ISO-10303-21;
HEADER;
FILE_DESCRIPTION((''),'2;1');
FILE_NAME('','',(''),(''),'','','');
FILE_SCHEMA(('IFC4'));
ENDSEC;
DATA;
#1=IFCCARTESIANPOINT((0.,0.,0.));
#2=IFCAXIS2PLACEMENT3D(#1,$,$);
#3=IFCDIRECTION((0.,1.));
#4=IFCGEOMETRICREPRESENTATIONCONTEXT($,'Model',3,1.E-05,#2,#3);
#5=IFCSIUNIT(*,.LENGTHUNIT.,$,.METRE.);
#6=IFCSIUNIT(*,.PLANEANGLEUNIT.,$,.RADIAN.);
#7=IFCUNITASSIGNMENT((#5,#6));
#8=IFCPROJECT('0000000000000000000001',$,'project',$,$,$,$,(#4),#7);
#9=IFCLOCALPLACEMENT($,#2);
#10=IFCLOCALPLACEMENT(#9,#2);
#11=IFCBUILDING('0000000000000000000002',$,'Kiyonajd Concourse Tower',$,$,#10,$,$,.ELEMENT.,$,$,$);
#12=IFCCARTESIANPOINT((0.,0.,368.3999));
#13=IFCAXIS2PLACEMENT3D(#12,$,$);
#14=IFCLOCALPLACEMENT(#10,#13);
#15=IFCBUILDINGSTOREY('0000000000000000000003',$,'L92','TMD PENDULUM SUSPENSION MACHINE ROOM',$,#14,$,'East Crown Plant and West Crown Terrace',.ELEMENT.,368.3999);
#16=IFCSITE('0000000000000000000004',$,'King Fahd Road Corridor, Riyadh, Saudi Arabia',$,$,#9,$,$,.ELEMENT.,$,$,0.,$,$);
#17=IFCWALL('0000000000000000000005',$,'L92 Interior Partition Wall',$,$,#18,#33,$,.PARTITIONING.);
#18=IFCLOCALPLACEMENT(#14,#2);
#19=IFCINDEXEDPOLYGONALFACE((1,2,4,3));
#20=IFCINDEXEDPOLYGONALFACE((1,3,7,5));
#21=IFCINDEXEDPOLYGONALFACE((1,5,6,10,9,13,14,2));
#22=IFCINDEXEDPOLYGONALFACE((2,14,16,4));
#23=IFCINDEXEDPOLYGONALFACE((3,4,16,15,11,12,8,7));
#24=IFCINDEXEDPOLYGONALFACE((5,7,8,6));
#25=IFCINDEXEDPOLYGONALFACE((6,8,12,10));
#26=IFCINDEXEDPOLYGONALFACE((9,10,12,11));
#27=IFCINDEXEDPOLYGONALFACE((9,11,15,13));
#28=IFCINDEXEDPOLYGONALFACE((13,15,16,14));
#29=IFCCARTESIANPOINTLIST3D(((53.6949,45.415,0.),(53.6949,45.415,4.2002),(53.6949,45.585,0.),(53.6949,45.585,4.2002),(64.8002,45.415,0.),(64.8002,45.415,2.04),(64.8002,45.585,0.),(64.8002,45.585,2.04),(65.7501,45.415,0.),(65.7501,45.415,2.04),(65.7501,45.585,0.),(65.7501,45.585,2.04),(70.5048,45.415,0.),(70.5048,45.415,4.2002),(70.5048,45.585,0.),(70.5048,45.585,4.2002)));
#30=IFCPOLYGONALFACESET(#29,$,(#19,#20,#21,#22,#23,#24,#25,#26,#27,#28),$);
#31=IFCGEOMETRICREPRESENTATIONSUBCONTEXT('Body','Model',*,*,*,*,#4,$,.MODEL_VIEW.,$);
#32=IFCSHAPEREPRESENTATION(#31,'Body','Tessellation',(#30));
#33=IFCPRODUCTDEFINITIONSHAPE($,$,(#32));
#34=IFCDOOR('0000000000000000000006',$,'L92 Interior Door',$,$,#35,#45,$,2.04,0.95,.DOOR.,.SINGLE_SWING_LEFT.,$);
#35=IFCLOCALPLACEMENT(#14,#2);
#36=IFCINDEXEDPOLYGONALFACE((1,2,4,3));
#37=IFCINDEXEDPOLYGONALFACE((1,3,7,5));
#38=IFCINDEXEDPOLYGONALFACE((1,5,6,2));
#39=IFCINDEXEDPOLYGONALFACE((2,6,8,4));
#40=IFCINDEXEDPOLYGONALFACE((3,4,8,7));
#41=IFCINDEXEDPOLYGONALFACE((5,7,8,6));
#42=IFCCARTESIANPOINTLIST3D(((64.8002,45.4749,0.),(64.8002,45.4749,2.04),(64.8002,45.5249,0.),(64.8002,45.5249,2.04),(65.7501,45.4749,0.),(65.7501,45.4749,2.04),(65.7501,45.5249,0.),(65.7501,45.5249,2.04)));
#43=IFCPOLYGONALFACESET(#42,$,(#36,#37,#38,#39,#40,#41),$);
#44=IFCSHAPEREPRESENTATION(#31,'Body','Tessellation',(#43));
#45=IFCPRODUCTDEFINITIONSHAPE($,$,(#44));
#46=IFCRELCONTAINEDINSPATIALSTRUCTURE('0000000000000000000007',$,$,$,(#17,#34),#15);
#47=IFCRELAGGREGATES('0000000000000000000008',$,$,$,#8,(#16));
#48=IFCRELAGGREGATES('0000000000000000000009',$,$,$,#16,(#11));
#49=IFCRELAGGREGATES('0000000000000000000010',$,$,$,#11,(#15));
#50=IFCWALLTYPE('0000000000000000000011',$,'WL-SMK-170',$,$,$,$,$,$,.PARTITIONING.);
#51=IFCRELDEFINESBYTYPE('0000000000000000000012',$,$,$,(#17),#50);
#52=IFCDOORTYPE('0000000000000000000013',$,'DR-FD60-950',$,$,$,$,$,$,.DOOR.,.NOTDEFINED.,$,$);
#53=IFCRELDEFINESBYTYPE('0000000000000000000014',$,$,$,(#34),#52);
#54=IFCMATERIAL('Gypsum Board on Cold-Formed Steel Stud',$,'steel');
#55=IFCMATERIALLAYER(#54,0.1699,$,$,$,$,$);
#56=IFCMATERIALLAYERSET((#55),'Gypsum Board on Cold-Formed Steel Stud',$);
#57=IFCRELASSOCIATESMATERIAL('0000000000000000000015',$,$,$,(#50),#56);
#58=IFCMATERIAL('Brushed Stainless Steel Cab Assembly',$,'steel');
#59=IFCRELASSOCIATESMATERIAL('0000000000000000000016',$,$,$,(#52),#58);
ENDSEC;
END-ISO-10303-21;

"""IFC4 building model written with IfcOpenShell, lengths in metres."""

from ifc_helpers import new_model, si_unit, direction, frame, frame_2d, origin, place, context, subcontext, project, spatial, rectangle, extrude, material, layer, layer_set, type_object, element, fill, save


model = new_model("IFC4")

# Units and contexts
model_context = context("Model", 3, precision=1e-05, world=origin(), true_north=direction((0.0, 1.0)))
body_context = subcontext(model_context, "Body", "Model", "MODEL_VIEW")
ifc_project = project(units=[si_unit("LENGTHUNIT", "METRE"), si_unit("PLANEANGLEUNIT", "RADIAN")], contexts=[model_context])

# Site, building, storey
site_placement = place(None, origin())
site = spatial("IfcSite", under=ifc_project, at=site_placement, Name="King Fahd Road Corridor, Riyadh, Saudi Arabia", CompositionType="ELEMENT", RefElevation=0.0)
building_placement = place(site_placement, origin())
building = spatial("IfcBuilding", under=site, at=building_placement, Name="Kiyonajd Concourse Tower", CompositionType="ELEMENT")
storey_placement = place(building_placement, frame((0.0, 0.0, 368.3999)))
storey = spatial("IfcBuildingStorey", under=building, at=storey_placement, Name="L92", Description="TMD PENDULUM SUSPENSION MACHINE ROOM", LongName="East Crown Plant and West Crown Terrace", CompositionType="ELEMENT", Elevation=368.3999)

# Wall, opening, door
ifc_material_1 = material(Name="Gypsum Board on Cold-Formed Steel Stud", Category="steel")
ifc_layer_1 = layer(ifc_material_1, 0.1699)
ifc_layer_set_1 = layer_set([ifc_layer_1], Name="Gypsum Board on Cold-Formed Steel Stud")
wall_type_1 = type_object("IfcWallType", Name="WL-SMK-170", PredefinedType="PARTITIONING", material=ifc_layer_set_1)
ifc_material_2 = material(Name="Brushed Stainless Steel Cab Assembly", Category="steel")
door_type = type_object("IfcDoorType", Name="DR-FD60-950", OperationType="NOTDEFINED", PredefinedType="DOOR", material=ifc_material_2)
wall_1_placement = place(storey_placement, frame((53.6951, 45.5, 0.0), z_axis=(0.0, 0.0, 1.0), x_axis=(1.0, 0.0, 0.0)))
wall_1 = element("IfcWall", 1, at=wall_1_placement, inside=storey, type_object=wall_type_1, Name="L92 Interior Partition Wall", PredefinedType="PARTITIONING", context=body_context, shape_type="SweptSolid", body=[
    extrude(rectangle(XDim=16.8098, YDim=0.1699, at=frame_2d((8.4048, 0.0))), origin(), (0.0, 0.0, 1.0), 4.2002),
])
opening_1_placement = place(wall_1_placement, frame((11.105, 0.0, 0.0)))
opening_1 = element("IfcOpeningElement", 2, at=opening_1_placement, cuts=wall_1, PredefinedType="OPENING", context=body_context, shape_type="SweptSolid", body=[
    extrude(rectangle(XDim=0.95, YDim=2.04, at=frame_2d((0.4751, 1.02))), frame((0.0, 0.095, 0.0), z_axis=(0.0, -1.0, 0.0), x_axis=(1.0, 0.0, 0.0)), (0.0, 0.0, 1.0), 0.1899),
])
door_1_placement = place(opening_1_placement, origin())
door_1 = element("IfcDoor", 3, at=door_1_placement, inside=storey, type_object=door_type, Name="L92 Interior Door", OperationType="SINGLE_SWING_LEFT", OverallHeight=2.04, OverallWidth=0.95, PredefinedType="DOOR", context=body_context, shape_type="SweptSolid", body=[
    extrude(rectangle(XDim=0.95, YDim=2.04, at=frame_2d((0.4751, 1.02))), frame((0.0, 0.0249, 0.0), z_axis=(0.0, -1.0, 0.0), x_axis=(1.0, 0.0, 0.0)), (0.0, 0.0, 1.0), 0.05),
])
fill(opening_1, door_1)

save(model, "model.ifc")
